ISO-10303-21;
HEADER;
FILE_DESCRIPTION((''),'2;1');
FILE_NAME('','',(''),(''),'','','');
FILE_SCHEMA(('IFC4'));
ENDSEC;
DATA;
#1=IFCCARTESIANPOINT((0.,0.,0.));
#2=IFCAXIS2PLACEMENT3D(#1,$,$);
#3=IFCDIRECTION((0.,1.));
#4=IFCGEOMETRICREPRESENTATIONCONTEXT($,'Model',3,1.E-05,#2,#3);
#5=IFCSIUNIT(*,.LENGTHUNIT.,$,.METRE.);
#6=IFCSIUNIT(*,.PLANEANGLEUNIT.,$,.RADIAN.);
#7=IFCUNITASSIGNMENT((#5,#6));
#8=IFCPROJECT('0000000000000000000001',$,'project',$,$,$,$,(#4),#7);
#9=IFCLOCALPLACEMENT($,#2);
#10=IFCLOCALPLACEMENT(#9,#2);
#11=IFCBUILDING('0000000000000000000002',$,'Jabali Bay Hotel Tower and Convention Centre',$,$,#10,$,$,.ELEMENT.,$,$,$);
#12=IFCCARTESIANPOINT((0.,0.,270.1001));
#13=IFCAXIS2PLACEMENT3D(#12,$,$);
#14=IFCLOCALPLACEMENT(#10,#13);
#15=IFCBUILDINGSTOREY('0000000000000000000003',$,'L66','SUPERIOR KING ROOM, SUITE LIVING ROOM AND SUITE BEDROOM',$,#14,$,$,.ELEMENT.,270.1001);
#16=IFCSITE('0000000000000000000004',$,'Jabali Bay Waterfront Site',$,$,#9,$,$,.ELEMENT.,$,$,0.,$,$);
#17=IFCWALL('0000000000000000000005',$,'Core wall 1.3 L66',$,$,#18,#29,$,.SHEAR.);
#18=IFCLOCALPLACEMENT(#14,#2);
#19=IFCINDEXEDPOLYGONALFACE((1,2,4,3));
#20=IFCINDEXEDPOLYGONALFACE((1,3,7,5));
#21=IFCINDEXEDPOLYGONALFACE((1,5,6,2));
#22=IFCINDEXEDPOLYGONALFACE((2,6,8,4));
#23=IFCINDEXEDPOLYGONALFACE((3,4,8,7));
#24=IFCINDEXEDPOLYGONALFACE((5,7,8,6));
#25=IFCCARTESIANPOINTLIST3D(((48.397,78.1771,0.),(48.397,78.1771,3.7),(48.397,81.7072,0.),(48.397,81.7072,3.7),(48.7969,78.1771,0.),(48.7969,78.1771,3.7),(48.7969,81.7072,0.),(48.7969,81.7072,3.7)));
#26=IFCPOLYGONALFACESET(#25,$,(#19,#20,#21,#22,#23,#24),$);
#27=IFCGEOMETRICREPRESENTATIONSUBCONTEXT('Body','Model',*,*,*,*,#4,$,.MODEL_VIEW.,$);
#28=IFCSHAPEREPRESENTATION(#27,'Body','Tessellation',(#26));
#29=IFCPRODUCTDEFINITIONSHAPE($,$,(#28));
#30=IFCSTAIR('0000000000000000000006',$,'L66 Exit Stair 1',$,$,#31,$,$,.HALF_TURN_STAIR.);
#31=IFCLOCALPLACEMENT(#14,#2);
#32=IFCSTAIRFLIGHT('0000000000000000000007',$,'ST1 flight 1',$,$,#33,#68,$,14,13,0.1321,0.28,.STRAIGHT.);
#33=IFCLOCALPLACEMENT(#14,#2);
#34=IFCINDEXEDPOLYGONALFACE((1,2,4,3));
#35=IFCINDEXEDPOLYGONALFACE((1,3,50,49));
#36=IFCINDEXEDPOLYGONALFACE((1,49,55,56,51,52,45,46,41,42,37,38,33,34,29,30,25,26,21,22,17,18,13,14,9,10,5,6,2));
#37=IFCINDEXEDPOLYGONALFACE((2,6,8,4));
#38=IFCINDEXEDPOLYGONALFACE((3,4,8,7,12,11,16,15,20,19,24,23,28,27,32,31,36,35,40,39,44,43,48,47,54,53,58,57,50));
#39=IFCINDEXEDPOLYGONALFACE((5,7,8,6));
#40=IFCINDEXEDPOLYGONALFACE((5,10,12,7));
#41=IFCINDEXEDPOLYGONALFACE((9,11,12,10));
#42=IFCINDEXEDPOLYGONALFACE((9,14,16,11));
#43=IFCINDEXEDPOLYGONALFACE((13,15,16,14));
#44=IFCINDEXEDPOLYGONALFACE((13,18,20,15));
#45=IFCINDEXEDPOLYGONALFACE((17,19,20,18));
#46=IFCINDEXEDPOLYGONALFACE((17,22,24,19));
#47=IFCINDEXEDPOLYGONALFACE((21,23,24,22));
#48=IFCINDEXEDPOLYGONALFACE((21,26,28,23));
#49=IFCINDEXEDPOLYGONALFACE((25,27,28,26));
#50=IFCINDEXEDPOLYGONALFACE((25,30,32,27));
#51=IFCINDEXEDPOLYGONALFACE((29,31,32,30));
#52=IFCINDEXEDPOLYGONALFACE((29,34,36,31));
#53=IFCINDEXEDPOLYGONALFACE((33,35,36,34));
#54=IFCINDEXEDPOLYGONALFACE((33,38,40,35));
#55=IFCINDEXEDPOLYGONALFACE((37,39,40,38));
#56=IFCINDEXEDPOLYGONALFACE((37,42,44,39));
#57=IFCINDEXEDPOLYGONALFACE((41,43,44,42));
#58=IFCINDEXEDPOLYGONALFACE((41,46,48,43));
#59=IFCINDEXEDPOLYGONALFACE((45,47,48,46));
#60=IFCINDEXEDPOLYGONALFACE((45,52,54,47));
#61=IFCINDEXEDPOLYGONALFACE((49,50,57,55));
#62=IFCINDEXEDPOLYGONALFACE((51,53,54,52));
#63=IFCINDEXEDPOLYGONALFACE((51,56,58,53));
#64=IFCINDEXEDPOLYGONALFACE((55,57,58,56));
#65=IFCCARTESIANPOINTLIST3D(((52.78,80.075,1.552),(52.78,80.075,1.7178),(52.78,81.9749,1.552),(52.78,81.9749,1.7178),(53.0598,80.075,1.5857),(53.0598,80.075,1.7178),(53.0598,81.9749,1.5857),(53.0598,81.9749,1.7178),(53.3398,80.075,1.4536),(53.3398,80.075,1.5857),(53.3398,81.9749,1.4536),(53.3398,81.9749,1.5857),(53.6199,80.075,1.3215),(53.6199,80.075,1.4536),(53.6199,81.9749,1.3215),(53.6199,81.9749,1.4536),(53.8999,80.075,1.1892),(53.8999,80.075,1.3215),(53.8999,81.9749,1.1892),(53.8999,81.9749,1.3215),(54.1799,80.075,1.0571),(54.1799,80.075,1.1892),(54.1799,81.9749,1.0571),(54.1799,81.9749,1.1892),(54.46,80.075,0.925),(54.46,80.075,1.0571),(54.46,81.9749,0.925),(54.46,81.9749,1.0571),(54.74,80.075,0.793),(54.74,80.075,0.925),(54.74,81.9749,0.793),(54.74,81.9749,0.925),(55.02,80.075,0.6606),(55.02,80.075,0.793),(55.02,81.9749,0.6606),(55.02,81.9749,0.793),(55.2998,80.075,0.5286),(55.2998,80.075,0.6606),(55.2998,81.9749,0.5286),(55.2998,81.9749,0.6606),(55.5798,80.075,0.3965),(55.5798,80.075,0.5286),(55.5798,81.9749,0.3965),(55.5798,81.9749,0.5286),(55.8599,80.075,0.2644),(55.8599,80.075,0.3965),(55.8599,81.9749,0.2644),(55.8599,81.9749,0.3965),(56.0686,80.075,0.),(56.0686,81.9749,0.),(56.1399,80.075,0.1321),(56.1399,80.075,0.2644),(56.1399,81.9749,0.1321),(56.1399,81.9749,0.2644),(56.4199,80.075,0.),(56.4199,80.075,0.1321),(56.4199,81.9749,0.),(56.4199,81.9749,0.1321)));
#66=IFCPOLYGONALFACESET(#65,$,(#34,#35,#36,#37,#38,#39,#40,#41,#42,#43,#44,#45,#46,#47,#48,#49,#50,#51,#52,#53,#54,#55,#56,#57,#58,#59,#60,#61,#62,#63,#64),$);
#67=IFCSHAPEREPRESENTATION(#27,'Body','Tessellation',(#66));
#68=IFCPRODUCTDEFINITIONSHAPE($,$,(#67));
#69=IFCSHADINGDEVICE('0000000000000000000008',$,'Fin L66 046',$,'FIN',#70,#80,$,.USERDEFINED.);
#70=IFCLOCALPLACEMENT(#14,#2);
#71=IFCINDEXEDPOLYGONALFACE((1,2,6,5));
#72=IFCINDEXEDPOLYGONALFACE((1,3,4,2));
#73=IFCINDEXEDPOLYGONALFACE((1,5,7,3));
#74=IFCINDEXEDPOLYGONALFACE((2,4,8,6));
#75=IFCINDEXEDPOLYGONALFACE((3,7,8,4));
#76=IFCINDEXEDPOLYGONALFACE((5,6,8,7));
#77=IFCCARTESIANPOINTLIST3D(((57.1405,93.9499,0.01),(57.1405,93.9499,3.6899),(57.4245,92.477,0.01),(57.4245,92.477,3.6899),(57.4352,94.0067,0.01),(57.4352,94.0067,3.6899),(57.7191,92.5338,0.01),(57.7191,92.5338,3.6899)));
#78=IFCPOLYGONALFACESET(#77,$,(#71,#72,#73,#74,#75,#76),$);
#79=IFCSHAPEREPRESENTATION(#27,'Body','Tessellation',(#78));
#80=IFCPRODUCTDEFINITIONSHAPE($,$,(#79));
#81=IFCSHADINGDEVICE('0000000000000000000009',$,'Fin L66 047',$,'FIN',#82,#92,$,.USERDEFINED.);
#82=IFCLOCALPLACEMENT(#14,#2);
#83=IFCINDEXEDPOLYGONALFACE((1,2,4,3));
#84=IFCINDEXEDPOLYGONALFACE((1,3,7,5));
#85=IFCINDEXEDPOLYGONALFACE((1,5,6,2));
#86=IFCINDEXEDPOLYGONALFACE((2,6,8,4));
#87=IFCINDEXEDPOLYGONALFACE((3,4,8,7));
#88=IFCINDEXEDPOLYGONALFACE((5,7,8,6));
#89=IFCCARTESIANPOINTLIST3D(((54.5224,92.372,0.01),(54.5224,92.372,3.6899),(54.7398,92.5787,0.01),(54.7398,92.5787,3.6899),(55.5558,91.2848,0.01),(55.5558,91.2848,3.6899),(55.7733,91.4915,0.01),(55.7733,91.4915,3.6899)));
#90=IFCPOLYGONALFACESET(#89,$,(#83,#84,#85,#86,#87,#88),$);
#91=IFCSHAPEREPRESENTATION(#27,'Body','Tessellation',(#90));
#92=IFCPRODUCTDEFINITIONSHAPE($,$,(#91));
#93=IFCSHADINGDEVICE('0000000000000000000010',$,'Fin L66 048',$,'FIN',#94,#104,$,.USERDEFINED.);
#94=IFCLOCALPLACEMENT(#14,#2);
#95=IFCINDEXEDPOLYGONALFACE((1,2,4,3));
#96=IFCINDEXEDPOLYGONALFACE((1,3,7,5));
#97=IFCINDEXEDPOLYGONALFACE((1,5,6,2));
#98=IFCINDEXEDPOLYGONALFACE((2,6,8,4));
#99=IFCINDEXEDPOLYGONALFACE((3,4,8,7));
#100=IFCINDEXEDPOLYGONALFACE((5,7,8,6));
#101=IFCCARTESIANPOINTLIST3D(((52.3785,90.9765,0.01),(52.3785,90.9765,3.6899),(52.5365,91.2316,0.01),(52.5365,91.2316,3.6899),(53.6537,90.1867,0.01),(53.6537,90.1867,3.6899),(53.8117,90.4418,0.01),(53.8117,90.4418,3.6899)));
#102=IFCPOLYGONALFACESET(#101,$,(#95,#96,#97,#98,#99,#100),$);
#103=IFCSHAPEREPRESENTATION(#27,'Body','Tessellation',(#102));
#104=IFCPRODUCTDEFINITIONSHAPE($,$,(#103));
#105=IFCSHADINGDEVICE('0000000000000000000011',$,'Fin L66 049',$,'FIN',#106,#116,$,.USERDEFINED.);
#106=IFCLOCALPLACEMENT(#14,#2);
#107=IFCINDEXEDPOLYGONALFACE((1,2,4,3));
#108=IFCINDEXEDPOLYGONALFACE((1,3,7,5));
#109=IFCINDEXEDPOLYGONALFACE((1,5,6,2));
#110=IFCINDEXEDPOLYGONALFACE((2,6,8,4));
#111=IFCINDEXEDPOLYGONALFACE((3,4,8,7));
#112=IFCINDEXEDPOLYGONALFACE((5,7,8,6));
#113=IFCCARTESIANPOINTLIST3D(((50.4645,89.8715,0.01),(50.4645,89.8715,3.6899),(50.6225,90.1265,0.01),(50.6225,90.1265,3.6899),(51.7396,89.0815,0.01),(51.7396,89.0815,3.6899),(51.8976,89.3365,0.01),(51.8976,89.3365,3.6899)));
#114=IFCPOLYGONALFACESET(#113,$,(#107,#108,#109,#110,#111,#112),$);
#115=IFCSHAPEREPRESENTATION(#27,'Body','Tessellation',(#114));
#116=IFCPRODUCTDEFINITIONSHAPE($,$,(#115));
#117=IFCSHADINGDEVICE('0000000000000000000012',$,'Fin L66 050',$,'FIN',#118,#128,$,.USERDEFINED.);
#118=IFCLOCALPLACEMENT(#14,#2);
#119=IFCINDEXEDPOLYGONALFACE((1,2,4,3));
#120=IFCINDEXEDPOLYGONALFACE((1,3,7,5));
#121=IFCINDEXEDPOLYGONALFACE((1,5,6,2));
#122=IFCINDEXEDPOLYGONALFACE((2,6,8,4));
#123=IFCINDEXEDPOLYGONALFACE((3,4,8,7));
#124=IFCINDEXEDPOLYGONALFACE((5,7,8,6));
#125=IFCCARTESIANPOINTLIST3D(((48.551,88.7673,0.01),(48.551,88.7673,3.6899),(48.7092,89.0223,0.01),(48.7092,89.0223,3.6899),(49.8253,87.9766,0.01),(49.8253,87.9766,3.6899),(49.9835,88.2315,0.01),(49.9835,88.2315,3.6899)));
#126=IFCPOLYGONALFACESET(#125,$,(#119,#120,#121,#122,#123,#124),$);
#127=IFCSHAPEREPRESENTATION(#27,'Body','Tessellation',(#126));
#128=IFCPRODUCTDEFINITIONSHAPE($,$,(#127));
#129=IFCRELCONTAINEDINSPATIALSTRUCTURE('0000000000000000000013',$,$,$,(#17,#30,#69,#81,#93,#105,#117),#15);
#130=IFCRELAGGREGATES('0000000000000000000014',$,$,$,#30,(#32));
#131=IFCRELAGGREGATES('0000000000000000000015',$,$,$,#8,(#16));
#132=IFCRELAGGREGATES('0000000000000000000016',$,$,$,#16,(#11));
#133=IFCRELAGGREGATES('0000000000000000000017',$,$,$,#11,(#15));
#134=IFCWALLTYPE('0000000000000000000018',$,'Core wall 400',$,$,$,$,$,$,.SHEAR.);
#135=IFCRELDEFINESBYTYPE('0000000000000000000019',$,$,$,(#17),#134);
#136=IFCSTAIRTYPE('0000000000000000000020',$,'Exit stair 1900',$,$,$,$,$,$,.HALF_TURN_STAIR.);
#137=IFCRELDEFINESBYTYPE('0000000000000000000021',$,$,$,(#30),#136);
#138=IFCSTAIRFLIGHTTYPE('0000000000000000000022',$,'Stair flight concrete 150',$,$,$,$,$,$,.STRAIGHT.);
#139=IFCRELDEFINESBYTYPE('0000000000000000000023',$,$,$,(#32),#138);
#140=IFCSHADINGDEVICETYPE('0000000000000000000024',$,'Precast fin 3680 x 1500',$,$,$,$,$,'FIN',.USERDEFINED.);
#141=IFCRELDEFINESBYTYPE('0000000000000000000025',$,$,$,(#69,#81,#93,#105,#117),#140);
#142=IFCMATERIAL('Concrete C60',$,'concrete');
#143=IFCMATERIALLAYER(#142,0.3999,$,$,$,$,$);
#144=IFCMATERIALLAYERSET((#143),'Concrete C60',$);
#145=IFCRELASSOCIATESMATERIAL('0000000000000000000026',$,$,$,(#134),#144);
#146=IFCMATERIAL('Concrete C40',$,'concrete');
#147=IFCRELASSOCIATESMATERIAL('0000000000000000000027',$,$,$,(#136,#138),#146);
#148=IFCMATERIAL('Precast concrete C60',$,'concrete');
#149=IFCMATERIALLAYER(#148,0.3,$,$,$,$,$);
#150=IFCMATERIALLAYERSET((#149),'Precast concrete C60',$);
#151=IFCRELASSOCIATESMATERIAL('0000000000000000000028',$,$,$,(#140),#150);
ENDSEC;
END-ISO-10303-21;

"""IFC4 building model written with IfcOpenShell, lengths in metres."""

from ifc_helpers import new_model, si_unit, direction, frame, frame_2d, origin, place, context, subcontext, project, spatial, polyline, rectangle, outline, extrude, material, layer, layer_set, type_object, element, aggregate, save


model = new_model("IFC4")

# Units and contexts
model_context = context("Model", 3, precision=1e-05, world=origin(), true_north=direction((0.0, 1.0)))
body_context = subcontext(model_context, "Body", "Model", "MODEL_VIEW")
ifc_project = project(units=[si_unit("LENGTHUNIT", "METRE"), si_unit("PLANEANGLEUNIT", "RADIAN")], contexts=[model_context])

# Site, building, storey
site_placement = place(None, origin())
site = spatial("IfcSite", under=ifc_project, at=site_placement, Name="Jabali Bay Waterfront Site", CompositionType="ELEMENT", RefElevation=0.0)
building_placement = place(site_placement, origin())
building = spatial("IfcBuilding", under=site, at=building_placement, Name="Jabali Bay Hotel Tower and Convention Centre", CompositionType="ELEMENT")
storey_placement = place(building_placement, frame((0.0, 0.0, 270.1001)))
storey = spatial("IfcBuildingStorey", under=building, at=storey_placement, Name="L66", Description="SUPERIOR KING ROOM, SUITE LIVING ROOM AND SUITE BEDROOM", CompositionType="ELEMENT", Elevation=270.1001)

# Shared definitions
ifc_material_1 = material(Name="Concrete C60", Category="concrete")

# Shared definitions
ifc_material_2 = material(Name="Concrete C40", Category="concrete")

# Wall
ifc_layer_1 = layer(ifc_material_1, 0.3999)
ifc_layer_set_1 = layer_set([ifc_layer_1], Name="Concrete C60")
wall_type_1 = type_object("IfcWallType", Name="Core wall 400", PredefinedType="SHEAR", material=ifc_layer_set_1)
wall_1_placement = place(storey_placement, frame((48.5969, 81.7073, 0.0), z_axis=(0.0, 0.0, 1.0), x_axis=(0.0, -1.0, 0.0)))
element("IfcWall", 1, at=wall_1_placement, inside=storey, type_object=wall_type_1, Name="Core wall 1.3 L66", PredefinedType="SHEAR", context=body_context, shape_type="SweptSolid", body=[
    extrude(rectangle(XDim=3.53, YDim=0.3999, at=frame_2d((1.7651, 0.0))), origin(), (0.0, 0.0, 1.0), 3.7),
])

# Stair, stair flight
stair_type = type_object("IfcStairType", Name="Exit stair 1900", PredefinedType="HALF_TURN_STAIR", material=ifc_material_2)
stair_placement = place(storey_placement, origin())
stair = element("IfcStair", 2, at=stair_placement, inside=storey, type_object=stair_type, Name="L66 Exit Stair 1", PredefinedType="HALF_TURN_STAIR")
stair_flight_type = type_object("IfcStairFlightType", Name="Stair flight concrete 150", PredefinedType="STRAIGHT", material=ifc_material_2)
stair_flight_placement = place(storey_placement, frame((56.4199, 81.0249, 0.0), z_axis=(0.0, 0.0, 1.0), x_axis=(-1.0, 0.0, 0.0)))
stair_flight = element("IfcStairFlight", 3, at=stair_flight_placement, type_object=stair_flight_type, Name="ST1 flight 1", NumberOfRisers=14, NumberOfTreads=13, PredefinedType="STRAIGHT", RiserHeight=0.1321, TreadLength=0.28, context=body_context, shape_type="SweptSolid", body=[
    extrude(outline(polyline([(0.0, 0.0), (0.0, 0.1321), (0.28, 0.1321), (0.28, 0.2644), (0.5601, 0.2644), (0.5601, 0.3965), (0.8401, 0.3965), (0.8401, 0.5286), (1.1201, 0.5286), (1.1201, 0.6606), (1.3999, 0.6606), (1.3999, 0.793), (1.6799, 0.793), (1.6799, 0.925), (1.96, 0.925), (1.96, 1.0571), (2.24, 1.0571), (2.24, 1.1892), (2.52, 1.1892), (2.52, 1.3215), (2.8, 1.3215), (2.8, 1.4536), (3.0801, 1.4536), (3.0801, 1.5857), (3.3601, 1.5857), (3.3601, 1.7178), (3.6399, 1.7178), (3.6399, 1.8501), (3.6399, 1.552), (0.3513, 0.0), (0.0, 0.0)])), frame((0.0, 0.95, 0.0), z_axis=(0.0, -1.0, 0.0), x_axis=(1.0, 0.0, 0.0)), (0.0, 0.0, 1.0), 1.8999),
])
aggregate(stair, [stair_flight])

# Shading devices
ifc_material_3 = material(Name="Precast concrete C60", Category="concrete")
ifc_layer_2 = layer(ifc_material_3, 0.3)
ifc_layer_set_2 = layer_set([ifc_layer_2], Name="Precast concrete C60")
shading_device_type = type_object("IfcShadingDeviceType", Name="Precast fin 3680 x 1500", ElementType="FIN", PredefinedType="USERDEFINED", material=ifc_layer_set_2)
for number, where, z_axis, x_axis, name in (
    (4, (57.5718, 92.5054, 0.01), (0.0, 0.0, 1.0), (-0.189288, 0.981922, 0.0), "Fin L66 046"),
    (5, (55.6646, 91.3882, 0.01), (0.0, 0.0, 1.0), (-0.688976, 0.724784, 0.0), "Fin L66 047"),
    (6, (53.7327, 90.3142, 0.01), (0.0, 0.0, 1.0), (-0.85014, 0.526556, 0.0), "Fin L66 048"),
    (7, (51.8186, 89.209, 0.01), (0.0, 0.0, 1.0), (-0.850067, 0.526674, 0.0), "Fin L66 049"),
):
    element("IfcShadingDevice", number, at=place(storey_placement, frame(where, z_axis=z_axis, x_axis=x_axis)), inside=storey, type_object=shading_device_type, Name=name, ObjectType="FIN", PredefinedType="USERDEFINED", context=body_context, shape_type="SweptSolid", body=[
        extrude(rectangle(XDim=1.5, YDim=0.3, at=frame_2d((0.75, 0.0))), origin(), (0.0, 0.0, 1.0), 3.6799),
    ])
shading_device_placement = place(storey_placement, frame((49.9045, 88.104, 0.01), z_axis=(0.0, 0.0, 1.0), x_axis=(-0.849713, 0.527245, 0.0)))
element("IfcShadingDevice", 8, at=shading_device_placement, inside=storey, type_object=shading_device_type, Name="Fin L66 050", ObjectType="FIN", PredefinedType="USERDEFINED", context=body_context, shape_type="SweptSolid", body=[
    extrude(rectangle(XDim=1.4998, YDim=0.3, at=frame_2d((0.75, 0.0))), origin(), (0.0, 0.0, 1.0), 3.6799),
])

save(model, "model.ifc")
